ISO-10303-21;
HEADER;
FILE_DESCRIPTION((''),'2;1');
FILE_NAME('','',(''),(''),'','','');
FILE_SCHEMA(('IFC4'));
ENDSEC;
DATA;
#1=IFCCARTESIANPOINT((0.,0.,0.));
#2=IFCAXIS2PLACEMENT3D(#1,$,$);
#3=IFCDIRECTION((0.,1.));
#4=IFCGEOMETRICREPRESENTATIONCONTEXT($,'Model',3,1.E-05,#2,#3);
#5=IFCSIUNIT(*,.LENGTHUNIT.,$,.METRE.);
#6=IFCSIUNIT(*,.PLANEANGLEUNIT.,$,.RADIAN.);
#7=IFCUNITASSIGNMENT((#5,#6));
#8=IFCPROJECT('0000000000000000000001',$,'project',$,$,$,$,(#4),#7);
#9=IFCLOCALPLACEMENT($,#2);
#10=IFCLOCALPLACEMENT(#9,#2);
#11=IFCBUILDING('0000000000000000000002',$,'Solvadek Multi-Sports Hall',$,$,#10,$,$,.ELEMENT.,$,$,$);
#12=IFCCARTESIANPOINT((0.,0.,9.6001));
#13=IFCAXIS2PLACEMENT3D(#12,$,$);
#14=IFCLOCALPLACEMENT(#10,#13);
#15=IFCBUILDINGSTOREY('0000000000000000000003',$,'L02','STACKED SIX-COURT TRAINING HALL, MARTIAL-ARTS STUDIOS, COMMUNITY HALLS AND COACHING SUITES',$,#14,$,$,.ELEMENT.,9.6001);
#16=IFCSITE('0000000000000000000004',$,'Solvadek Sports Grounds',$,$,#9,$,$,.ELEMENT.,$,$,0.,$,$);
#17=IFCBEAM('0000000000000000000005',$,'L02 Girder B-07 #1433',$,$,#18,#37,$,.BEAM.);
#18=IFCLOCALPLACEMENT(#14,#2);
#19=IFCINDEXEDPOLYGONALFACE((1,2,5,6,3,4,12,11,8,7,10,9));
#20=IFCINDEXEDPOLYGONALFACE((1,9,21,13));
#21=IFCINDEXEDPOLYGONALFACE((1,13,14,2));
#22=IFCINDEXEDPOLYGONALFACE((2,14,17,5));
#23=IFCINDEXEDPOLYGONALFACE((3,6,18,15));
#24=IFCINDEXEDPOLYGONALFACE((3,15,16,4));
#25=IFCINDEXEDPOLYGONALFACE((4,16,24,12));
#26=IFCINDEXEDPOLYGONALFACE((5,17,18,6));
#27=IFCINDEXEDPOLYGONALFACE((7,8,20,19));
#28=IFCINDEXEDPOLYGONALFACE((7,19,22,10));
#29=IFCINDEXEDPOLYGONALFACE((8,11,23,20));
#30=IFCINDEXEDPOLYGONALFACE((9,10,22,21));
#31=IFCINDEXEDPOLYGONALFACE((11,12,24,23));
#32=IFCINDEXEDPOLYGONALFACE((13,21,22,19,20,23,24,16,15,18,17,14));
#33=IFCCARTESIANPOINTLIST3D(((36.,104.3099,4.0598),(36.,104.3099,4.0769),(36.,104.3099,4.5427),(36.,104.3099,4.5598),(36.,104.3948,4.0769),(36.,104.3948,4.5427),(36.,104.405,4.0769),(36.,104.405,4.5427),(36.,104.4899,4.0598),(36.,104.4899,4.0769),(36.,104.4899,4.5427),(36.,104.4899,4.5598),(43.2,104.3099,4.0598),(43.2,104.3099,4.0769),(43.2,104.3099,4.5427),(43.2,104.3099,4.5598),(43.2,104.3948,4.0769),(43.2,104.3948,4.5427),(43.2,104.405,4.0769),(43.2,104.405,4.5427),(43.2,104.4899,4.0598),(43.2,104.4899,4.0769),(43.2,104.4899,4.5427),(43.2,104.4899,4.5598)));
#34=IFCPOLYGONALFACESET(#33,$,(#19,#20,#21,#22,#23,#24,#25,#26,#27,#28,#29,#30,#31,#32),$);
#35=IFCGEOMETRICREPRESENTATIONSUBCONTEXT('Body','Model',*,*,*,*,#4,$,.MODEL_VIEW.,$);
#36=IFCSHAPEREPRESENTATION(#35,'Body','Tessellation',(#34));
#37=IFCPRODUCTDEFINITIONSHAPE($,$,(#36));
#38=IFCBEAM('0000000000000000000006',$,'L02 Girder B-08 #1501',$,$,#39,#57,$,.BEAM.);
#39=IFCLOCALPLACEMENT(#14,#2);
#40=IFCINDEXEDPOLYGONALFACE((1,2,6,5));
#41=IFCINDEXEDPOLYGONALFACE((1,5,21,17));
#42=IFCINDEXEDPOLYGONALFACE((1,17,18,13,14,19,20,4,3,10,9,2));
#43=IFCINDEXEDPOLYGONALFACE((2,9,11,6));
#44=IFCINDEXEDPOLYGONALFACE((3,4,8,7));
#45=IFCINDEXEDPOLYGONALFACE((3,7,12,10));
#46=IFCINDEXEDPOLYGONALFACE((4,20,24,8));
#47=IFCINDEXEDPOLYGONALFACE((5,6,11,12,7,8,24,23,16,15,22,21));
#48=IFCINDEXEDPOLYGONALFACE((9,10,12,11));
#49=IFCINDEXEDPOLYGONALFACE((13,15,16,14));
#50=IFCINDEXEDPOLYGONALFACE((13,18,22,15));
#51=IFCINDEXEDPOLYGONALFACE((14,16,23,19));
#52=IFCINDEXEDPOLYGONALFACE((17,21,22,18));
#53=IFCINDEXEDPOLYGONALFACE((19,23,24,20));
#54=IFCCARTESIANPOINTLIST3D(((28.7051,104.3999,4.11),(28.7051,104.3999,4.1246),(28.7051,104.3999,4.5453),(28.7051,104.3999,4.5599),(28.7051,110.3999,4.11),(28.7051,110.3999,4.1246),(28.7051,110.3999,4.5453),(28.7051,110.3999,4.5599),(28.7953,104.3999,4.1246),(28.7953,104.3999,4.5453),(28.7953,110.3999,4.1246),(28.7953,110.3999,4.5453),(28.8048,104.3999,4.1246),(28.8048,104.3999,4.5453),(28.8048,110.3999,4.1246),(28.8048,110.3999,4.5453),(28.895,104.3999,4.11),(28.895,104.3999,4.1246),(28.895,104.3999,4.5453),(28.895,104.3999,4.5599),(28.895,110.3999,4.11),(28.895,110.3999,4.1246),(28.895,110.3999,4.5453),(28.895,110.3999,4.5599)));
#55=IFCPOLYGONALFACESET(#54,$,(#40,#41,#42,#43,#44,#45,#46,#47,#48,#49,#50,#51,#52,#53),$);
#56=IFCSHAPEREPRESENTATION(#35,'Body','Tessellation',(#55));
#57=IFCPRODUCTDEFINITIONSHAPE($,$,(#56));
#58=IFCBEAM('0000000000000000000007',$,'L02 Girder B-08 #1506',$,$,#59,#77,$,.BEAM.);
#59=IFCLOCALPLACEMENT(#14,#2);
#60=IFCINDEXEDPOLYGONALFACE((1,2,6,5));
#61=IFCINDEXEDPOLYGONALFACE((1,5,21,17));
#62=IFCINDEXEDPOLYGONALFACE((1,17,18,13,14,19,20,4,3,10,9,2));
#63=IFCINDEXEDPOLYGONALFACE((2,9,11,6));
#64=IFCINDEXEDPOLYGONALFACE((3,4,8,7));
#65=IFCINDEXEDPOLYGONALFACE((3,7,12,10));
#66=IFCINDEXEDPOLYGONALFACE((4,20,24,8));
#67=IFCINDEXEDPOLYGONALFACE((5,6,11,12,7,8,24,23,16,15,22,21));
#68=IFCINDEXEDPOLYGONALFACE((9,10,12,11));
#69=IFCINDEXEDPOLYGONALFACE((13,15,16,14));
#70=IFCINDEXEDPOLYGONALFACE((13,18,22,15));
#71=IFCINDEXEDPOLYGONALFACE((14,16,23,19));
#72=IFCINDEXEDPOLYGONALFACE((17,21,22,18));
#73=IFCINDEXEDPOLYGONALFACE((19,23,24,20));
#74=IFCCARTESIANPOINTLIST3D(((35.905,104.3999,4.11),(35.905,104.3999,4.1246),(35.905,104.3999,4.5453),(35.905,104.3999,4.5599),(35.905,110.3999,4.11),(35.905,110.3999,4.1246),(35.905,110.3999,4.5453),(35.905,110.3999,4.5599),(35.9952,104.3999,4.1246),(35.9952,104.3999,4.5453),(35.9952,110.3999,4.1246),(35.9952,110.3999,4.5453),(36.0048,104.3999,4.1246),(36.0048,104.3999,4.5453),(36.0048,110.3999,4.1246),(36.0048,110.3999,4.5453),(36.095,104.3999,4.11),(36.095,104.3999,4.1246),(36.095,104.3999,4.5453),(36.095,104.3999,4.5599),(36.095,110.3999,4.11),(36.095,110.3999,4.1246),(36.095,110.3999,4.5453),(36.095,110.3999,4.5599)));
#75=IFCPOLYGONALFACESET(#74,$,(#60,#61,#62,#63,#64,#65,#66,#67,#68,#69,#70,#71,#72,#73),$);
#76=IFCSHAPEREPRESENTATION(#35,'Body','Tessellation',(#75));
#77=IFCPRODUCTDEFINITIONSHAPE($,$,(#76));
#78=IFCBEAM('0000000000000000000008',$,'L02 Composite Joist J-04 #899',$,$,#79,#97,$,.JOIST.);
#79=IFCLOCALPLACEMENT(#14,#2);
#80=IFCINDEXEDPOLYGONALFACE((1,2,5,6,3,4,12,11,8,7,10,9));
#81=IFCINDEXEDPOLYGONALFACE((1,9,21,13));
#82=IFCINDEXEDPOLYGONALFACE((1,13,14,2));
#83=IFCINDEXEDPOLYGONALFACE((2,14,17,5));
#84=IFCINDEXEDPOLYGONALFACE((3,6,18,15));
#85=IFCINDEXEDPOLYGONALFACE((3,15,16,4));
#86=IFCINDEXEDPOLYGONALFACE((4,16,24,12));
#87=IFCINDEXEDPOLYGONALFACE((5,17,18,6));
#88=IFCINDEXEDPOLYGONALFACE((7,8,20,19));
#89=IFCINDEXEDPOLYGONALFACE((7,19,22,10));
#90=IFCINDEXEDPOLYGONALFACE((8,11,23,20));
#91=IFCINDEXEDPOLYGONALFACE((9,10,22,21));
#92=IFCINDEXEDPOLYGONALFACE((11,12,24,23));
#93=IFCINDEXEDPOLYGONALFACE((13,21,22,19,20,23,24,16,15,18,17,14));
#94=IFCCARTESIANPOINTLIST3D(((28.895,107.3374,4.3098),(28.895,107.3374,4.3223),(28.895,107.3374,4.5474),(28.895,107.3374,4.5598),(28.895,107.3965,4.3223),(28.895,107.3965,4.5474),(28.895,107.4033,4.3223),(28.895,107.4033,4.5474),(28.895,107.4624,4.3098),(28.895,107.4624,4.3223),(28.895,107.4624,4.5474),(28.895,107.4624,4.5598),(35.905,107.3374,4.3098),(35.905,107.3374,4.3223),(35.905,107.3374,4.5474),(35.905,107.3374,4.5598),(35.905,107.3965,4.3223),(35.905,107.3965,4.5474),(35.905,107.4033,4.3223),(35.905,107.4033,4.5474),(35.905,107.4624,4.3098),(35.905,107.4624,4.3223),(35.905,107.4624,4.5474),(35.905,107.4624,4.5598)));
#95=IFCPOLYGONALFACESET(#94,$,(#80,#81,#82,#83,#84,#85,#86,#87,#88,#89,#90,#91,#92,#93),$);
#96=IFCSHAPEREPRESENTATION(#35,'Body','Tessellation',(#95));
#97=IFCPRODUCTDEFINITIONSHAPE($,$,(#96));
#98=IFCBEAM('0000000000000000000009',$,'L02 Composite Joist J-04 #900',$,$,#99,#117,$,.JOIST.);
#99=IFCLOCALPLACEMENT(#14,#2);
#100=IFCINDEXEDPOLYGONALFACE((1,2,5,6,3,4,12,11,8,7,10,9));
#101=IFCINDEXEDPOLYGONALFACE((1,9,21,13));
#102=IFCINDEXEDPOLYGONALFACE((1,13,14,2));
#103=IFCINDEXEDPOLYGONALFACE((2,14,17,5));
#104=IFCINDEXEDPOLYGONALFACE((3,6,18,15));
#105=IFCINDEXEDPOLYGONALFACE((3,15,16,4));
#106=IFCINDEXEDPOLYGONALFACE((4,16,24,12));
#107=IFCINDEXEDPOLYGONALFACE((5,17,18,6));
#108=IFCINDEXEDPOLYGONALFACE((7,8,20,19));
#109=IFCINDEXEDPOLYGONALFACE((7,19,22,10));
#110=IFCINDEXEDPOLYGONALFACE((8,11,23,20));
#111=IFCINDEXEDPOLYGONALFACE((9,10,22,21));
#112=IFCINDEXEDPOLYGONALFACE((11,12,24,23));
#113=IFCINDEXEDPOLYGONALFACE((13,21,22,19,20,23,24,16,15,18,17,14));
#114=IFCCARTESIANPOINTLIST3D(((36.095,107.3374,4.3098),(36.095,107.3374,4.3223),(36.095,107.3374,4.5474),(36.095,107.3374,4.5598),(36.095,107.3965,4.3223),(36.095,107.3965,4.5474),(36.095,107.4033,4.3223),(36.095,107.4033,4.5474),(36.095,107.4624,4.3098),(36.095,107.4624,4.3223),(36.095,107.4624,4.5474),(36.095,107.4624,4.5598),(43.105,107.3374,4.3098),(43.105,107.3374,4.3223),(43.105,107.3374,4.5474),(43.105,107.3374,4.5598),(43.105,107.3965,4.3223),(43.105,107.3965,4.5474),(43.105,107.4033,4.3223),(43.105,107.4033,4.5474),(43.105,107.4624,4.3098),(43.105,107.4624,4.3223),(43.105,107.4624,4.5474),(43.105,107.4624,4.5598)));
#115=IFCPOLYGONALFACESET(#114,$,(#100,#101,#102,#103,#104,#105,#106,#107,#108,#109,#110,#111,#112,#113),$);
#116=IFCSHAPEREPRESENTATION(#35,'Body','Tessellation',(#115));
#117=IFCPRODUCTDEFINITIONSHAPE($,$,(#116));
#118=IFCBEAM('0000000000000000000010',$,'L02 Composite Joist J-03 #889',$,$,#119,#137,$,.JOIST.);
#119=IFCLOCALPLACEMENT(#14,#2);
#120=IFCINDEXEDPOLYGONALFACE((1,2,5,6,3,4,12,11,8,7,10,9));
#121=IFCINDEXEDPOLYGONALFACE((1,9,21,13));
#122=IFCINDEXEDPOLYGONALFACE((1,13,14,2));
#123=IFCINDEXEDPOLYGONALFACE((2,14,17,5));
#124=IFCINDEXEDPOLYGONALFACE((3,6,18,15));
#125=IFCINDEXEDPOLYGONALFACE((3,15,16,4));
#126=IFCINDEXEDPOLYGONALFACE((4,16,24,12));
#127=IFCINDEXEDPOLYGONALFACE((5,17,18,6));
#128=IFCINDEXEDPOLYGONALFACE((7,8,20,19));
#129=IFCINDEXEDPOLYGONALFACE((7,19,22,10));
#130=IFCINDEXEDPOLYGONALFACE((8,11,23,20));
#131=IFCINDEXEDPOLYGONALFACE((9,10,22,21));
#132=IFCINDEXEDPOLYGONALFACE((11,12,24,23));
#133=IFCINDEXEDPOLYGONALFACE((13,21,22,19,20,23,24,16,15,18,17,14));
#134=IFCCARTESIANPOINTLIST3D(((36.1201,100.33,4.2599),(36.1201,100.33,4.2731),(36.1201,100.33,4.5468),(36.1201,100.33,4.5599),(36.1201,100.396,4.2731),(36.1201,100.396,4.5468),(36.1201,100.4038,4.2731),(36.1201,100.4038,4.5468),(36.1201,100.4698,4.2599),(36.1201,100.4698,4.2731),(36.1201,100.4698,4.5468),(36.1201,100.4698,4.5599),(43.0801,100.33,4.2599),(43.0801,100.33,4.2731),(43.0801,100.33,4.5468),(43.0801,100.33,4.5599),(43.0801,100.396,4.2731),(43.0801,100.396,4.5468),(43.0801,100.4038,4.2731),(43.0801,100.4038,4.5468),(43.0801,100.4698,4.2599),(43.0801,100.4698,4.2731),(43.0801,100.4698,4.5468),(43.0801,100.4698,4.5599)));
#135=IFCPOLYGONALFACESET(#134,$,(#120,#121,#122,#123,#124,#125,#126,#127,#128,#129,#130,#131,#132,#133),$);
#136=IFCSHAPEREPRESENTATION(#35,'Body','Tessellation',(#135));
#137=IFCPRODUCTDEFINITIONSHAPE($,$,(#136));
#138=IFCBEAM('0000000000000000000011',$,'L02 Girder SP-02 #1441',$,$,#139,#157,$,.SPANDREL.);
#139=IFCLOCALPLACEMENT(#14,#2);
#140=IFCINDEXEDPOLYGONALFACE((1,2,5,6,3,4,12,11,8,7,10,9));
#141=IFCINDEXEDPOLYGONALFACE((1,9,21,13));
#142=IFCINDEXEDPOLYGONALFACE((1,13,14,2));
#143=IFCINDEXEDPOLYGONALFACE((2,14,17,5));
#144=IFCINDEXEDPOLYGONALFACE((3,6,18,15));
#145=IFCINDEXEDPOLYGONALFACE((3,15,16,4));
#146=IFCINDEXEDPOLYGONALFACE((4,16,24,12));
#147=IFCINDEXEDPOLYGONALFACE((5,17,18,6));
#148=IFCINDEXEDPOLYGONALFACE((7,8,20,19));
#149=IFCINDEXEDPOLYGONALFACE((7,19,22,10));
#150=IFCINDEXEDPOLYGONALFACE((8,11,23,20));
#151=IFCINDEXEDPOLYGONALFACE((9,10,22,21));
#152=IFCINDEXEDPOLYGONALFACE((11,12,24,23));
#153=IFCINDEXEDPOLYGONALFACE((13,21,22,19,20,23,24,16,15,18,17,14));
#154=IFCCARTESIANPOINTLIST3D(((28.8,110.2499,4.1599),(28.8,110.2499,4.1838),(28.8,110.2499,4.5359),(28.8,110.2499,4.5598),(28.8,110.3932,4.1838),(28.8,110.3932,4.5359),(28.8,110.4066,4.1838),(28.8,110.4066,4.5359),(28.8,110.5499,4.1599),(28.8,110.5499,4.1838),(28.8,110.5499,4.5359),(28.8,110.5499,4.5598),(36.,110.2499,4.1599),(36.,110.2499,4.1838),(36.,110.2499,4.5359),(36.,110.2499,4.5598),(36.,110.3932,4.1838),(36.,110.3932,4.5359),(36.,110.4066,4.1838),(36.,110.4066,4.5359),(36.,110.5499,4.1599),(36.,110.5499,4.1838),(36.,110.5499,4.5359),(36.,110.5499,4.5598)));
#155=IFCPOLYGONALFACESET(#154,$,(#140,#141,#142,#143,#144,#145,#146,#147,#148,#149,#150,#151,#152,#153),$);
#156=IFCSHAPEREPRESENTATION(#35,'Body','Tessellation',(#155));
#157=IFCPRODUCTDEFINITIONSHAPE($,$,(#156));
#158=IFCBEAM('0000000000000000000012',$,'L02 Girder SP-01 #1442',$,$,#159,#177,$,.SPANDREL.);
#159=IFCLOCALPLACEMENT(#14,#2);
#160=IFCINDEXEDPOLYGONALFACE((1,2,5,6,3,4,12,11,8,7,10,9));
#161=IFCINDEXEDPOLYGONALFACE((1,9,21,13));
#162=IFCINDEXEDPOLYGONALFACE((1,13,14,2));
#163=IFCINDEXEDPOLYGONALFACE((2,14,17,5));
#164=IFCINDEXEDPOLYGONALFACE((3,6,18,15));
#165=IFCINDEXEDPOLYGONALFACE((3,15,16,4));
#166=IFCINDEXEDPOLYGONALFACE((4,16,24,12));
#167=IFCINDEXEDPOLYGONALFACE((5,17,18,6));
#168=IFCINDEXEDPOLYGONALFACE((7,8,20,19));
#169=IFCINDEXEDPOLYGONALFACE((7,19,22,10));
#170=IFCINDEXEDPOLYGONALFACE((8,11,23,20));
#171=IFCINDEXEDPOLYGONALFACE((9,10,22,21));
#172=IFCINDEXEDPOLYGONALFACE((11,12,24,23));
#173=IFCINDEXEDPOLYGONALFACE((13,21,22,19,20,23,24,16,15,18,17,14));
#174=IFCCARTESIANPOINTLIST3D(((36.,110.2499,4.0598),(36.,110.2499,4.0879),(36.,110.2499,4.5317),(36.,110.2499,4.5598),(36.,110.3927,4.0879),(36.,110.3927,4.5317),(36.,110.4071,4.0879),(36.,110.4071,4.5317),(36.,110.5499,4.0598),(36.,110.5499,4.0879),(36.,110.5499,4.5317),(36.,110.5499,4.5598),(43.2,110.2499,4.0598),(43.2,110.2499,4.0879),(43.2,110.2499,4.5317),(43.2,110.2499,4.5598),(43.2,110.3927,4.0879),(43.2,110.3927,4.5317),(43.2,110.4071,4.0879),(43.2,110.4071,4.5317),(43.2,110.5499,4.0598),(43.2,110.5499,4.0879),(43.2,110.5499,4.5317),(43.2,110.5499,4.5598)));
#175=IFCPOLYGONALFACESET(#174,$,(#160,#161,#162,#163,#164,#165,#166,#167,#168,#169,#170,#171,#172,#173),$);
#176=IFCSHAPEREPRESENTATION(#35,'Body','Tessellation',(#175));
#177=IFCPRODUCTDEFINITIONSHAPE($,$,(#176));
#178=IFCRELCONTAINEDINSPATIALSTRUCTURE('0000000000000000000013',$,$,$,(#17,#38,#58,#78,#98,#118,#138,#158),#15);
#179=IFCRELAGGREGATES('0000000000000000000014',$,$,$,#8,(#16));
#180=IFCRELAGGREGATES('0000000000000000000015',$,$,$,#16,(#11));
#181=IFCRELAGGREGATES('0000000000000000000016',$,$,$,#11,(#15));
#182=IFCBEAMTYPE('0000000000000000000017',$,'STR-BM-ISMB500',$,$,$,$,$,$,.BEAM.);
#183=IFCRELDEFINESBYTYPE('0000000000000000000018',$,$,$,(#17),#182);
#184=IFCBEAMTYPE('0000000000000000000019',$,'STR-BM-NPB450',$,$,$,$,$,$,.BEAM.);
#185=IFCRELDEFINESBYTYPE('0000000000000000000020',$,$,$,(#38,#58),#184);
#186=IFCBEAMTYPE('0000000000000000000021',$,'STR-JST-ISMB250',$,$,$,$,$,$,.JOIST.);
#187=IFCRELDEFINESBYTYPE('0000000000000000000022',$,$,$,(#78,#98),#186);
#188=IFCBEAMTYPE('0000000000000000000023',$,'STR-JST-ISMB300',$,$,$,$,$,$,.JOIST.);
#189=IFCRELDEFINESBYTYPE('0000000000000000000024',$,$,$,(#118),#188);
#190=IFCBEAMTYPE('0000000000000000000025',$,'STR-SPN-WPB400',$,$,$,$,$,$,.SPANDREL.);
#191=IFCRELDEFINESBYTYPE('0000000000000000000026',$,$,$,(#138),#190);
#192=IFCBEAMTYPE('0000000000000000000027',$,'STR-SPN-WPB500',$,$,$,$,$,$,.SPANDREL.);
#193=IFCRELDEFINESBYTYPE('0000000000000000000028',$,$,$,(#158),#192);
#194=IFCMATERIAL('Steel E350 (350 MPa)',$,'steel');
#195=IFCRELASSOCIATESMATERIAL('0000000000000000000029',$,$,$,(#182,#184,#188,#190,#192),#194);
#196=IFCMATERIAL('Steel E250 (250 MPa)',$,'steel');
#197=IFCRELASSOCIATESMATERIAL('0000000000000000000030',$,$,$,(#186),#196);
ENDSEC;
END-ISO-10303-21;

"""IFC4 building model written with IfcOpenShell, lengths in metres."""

from ifc_helpers import new_model, si_unit, direction, frame, origin, origin_2d, place, context, subcontext, project, spatial, i_section, extrude, material, material_profile, profile_set, type_object, element, save


model = new_model("IFC4")

# Units and contexts
model_context = context("Model", 3, precision=1e-05, world=origin(), true_north=direction((0.0, 1.0)))
body_context = subcontext(model_context, "Body", "Model", "MODEL_VIEW")
ifc_project = project(units=[si_unit("LENGTHUNIT", "METRE"), si_unit("PLANEANGLEUNIT", "RADIAN")], contexts=[model_context])

# Site, building, storey
site_placement = place(None, origin())
site = spatial("IfcSite", under=ifc_project, at=site_placement, Name="Solvadek Sports Grounds", CompositionType="ELEMENT", RefElevation=0.0)
building_placement = place(site_placement, origin())
building = spatial("IfcBuilding", under=site, at=building_placement, Name="Solvadek Multi-Sports Hall", CompositionType="ELEMENT")
storey_placement = place(building_placement, frame((0.0, 0.0, 9.6001)))
storey = spatial("IfcBuildingStorey", under=building, at=storey_placement, Name="L02", Description="STACKED SIX-COURT TRAINING HALL, MARTIAL-ARTS STUDIOS, COMMUNITY HALLS AND COACHING SUITES", CompositionType="ELEMENT", Elevation=9.6001)

# Shared definitions
ifc_material_1 = material(Name="Steel E350 (350 MPa)", Category="steel")

# Beams
ifc_material_profile_1 = material_profile(ifc_material_1, i_section(OverallWidth=0.1799, OverallDepth=0.5, WebThickness=0.0103, FlangeThickness=0.0171, at=origin_2d()), Name="ISMB 500")
ifc_profile_set_1 = profile_set([ifc_material_profile_1], Name="Steel E350 (350 MPa)")
beam_type_1 = type_object("IfcBeamType", Name="STR-BM-ISMB500", PredefinedType="BEAM", material=ifc_profile_set_1)
beam_1_placement = place(storey_placement, frame((36.0, 104.3999, 4.3098), z_axis=(1.0, 0.0, 0.0), x_axis=(0.0, 1.0, 0.0)))
element("IfcBeam", 1, at=beam_1_placement, inside=storey, type_object=beam_type_1, Name="L02 Girder B-07 #1433", PredefinedType="BEAM", context=body_context, shape_type="SweptSolid", body=[
    extrude(i_section(OverallWidth=0.1799, OverallDepth=0.5, WebThickness=0.0103, FlangeThickness=0.0171, at=origin_2d()), origin(), (0.0, 0.0, 1.0), 7.2),
])
ifc_material_profile_2 = material_profile(ifc_material_1, i_section(OverallWidth=0.1899, OverallDepth=0.45, WebThickness=0.0095, FlangeThickness=0.0146, at=origin_2d()), Name="NPB 450")
ifc_profile_set_2 = profile_set([ifc_material_profile_2], Name="Steel E350 (350 MPa)")
beam_type_2 = type_object("IfcBeamType", Name="STR-BM-NPB450", PredefinedType="BEAM", material=ifc_profile_set_2)
for number, where, z_axis, x_axis, name in (
    (2, (28.8, 104.3999, 4.335), (0.0, 1.0, 0.0), (-1.0, 0.0, 0.0), "L02 Girder B-08 #1501"),
    (3, (36.0, 104.3999, 4.335), (0.0, 1.0, 0.0), (-1.0, 0.0, 0.0), "L02 Girder B-08 #1506"),
):
    element("IfcBeam", number, at=place(storey_placement, frame(where, z_axis=z_axis, x_axis=x_axis)), inside=storey, type_object=beam_type_2, Name=name, PredefinedType="BEAM", context=body_context, shape_type="SweptSolid", body=[
        extrude(i_section(OverallWidth=0.1899, OverallDepth=0.45, WebThickness=0.0095, FlangeThickness=0.0146, at=origin_2d()), origin(), (0.0, 0.0, 1.0), 6.0),
    ])
ifc_material_2 = material(Name="Steel E250 (250 MPa)", Category="steel")
ifc_material_profile_3 = material_profile(ifc_material_2, i_section(OverallWidth=0.125, OverallDepth=0.25, WebThickness=0.0068, FlangeThickness=0.0125, at=origin_2d()), Name="ISMB 250")
ifc_profile_set_3 = profile_set([ifc_material_profile_3], Name="Steel E250 (250 MPa)")
beam_type_3 = type_object("IfcBeamType", Name="STR-JST-ISMB250", PredefinedType="JOIST", material=ifc_profile_set_3)
for number, where, z_axis, x_axis, name in (
    (4, (28.895, 107.3999, 4.4348), (1.0, 0.0, 0.0), (0.0, 1.0, 0.0), "L02 Composite Joist J-04 #899"),
    (5, (36.095, 107.3999, 4.4348), (1.0, 0.0, 0.0), (0.0, 1.0, 0.0), "L02 Composite Joist J-04 #900"),
):
    element("IfcBeam", number, at=place(storey_placement, frame(where, z_axis=z_axis, x_axis=x_axis)), inside=storey, type_object=beam_type_3, Name=name, PredefinedType="JOIST", context=body_context, shape_type="SweptSolid", body=[
        extrude(i_section(OverallWidth=0.125, OverallDepth=0.25, WebThickness=0.0068, FlangeThickness=0.0125, at=origin_2d()), origin(), (0.0, 0.0, 1.0), 7.01),
    ])
ifc_material_profile_4 = material_profile(ifc_material_1, i_section(OverallWidth=0.1399, OverallDepth=0.3, WebThickness=0.0078, FlangeThickness=0.0132, at=origin_2d()), Name="ISMB 300")
ifc_profile_set_4 = profile_set([ifc_material_profile_4], Name="Steel E350 (350 MPa)")
beam_type_4 = type_object("IfcBeamType", Name="STR-JST-ISMB300", PredefinedType="JOIST", material=ifc_profile_set_4)
beam_2_placement = place(storey_placement, frame((36.1201, 100.3999, 4.4099), z_axis=(1.0, 0.0, 0.0), x_axis=(0.0, 1.0, 0.0)))
element("IfcBeam", 6, at=beam_2_placement, inside=storey, type_object=beam_type_4, Name="L02 Composite Joist J-03 #889", PredefinedType="JOIST", context=body_context, shape_type="SweptSolid", body=[
    extrude(i_section(OverallWidth=0.1399, OverallDepth=0.3, WebThickness=0.0078, FlangeThickness=0.0132, at=origin_2d()), origin(), (0.0, 0.0, 1.0), 6.96),
])
ifc_material_profile_5 = material_profile(ifc_material_1, i_section(OverallWidth=0.3, OverallDepth=0.3999, WebThickness=0.0134, FlangeThickness=0.0239, at=origin_2d()), Name="WPB 400")
ifc_profile_set_5 = profile_set([ifc_material_profile_5], Name="Steel E350 (350 MPa)")
beam_type_5 = type_object("IfcBeamType", Name="STR-SPN-WPB400", PredefinedType="SPANDREL", material=ifc_profile_set_5)
beam_3_placement = place(storey_placement, frame((28.8, 110.3999, 4.3599), z_axis=(1.0, 0.0, 0.0), x_axis=(0.0, 1.0, 0.0)))
element("IfcBeam", 7, at=beam_3_placement, inside=storey, type_object=beam_type_5, Name="L02 Girder SP-02 #1441", PredefinedType="SPANDREL", context=body_context, shape_type="SweptSolid", body=[
    extrude(i_section(OverallWidth=0.3, OverallDepth=0.3999, WebThickness=0.0134, FlangeThickness=0.0239, at=origin_2d()), origin(), (0.0, 0.0, 1.0), 7.2),
])
ifc_material_profile_6 = material_profile(ifc_material_1, i_section(OverallWidth=0.3, OverallDepth=0.5, WebThickness=0.0144, FlangeThickness=0.0281, at=origin_2d()), Name="WPB 500")
ifc_profile_set_6 = profile_set([ifc_material_profile_6], Name="Steel E350 (350 MPa)")
beam_type_6 = type_object("IfcBeamType", Name="STR-SPN-WPB500", PredefinedType="SPANDREL", material=ifc_profile_set_6)
beam_4_placement = place(storey_placement, frame((36.0, 110.3999, 4.3098), z_axis=(1.0, 0.0, 0.0), x_axis=(0.0, 1.0, 0.0)))
element("IfcBeam", 8, at=beam_4_placement, inside=storey, type_object=beam_type_6, Name="L02 Girder SP-01 #1442", PredefinedType="SPANDREL", context=body_context, shape_type="SweptSolid", body=[
    extrude(i_section(OverallWidth=0.3, OverallDepth=0.5, WebThickness=0.0144, FlangeThickness=0.0281, at=origin_2d()), origin(), (0.0, 0.0, 1.0), 7.2),
])

save(model, "model.ifc")
